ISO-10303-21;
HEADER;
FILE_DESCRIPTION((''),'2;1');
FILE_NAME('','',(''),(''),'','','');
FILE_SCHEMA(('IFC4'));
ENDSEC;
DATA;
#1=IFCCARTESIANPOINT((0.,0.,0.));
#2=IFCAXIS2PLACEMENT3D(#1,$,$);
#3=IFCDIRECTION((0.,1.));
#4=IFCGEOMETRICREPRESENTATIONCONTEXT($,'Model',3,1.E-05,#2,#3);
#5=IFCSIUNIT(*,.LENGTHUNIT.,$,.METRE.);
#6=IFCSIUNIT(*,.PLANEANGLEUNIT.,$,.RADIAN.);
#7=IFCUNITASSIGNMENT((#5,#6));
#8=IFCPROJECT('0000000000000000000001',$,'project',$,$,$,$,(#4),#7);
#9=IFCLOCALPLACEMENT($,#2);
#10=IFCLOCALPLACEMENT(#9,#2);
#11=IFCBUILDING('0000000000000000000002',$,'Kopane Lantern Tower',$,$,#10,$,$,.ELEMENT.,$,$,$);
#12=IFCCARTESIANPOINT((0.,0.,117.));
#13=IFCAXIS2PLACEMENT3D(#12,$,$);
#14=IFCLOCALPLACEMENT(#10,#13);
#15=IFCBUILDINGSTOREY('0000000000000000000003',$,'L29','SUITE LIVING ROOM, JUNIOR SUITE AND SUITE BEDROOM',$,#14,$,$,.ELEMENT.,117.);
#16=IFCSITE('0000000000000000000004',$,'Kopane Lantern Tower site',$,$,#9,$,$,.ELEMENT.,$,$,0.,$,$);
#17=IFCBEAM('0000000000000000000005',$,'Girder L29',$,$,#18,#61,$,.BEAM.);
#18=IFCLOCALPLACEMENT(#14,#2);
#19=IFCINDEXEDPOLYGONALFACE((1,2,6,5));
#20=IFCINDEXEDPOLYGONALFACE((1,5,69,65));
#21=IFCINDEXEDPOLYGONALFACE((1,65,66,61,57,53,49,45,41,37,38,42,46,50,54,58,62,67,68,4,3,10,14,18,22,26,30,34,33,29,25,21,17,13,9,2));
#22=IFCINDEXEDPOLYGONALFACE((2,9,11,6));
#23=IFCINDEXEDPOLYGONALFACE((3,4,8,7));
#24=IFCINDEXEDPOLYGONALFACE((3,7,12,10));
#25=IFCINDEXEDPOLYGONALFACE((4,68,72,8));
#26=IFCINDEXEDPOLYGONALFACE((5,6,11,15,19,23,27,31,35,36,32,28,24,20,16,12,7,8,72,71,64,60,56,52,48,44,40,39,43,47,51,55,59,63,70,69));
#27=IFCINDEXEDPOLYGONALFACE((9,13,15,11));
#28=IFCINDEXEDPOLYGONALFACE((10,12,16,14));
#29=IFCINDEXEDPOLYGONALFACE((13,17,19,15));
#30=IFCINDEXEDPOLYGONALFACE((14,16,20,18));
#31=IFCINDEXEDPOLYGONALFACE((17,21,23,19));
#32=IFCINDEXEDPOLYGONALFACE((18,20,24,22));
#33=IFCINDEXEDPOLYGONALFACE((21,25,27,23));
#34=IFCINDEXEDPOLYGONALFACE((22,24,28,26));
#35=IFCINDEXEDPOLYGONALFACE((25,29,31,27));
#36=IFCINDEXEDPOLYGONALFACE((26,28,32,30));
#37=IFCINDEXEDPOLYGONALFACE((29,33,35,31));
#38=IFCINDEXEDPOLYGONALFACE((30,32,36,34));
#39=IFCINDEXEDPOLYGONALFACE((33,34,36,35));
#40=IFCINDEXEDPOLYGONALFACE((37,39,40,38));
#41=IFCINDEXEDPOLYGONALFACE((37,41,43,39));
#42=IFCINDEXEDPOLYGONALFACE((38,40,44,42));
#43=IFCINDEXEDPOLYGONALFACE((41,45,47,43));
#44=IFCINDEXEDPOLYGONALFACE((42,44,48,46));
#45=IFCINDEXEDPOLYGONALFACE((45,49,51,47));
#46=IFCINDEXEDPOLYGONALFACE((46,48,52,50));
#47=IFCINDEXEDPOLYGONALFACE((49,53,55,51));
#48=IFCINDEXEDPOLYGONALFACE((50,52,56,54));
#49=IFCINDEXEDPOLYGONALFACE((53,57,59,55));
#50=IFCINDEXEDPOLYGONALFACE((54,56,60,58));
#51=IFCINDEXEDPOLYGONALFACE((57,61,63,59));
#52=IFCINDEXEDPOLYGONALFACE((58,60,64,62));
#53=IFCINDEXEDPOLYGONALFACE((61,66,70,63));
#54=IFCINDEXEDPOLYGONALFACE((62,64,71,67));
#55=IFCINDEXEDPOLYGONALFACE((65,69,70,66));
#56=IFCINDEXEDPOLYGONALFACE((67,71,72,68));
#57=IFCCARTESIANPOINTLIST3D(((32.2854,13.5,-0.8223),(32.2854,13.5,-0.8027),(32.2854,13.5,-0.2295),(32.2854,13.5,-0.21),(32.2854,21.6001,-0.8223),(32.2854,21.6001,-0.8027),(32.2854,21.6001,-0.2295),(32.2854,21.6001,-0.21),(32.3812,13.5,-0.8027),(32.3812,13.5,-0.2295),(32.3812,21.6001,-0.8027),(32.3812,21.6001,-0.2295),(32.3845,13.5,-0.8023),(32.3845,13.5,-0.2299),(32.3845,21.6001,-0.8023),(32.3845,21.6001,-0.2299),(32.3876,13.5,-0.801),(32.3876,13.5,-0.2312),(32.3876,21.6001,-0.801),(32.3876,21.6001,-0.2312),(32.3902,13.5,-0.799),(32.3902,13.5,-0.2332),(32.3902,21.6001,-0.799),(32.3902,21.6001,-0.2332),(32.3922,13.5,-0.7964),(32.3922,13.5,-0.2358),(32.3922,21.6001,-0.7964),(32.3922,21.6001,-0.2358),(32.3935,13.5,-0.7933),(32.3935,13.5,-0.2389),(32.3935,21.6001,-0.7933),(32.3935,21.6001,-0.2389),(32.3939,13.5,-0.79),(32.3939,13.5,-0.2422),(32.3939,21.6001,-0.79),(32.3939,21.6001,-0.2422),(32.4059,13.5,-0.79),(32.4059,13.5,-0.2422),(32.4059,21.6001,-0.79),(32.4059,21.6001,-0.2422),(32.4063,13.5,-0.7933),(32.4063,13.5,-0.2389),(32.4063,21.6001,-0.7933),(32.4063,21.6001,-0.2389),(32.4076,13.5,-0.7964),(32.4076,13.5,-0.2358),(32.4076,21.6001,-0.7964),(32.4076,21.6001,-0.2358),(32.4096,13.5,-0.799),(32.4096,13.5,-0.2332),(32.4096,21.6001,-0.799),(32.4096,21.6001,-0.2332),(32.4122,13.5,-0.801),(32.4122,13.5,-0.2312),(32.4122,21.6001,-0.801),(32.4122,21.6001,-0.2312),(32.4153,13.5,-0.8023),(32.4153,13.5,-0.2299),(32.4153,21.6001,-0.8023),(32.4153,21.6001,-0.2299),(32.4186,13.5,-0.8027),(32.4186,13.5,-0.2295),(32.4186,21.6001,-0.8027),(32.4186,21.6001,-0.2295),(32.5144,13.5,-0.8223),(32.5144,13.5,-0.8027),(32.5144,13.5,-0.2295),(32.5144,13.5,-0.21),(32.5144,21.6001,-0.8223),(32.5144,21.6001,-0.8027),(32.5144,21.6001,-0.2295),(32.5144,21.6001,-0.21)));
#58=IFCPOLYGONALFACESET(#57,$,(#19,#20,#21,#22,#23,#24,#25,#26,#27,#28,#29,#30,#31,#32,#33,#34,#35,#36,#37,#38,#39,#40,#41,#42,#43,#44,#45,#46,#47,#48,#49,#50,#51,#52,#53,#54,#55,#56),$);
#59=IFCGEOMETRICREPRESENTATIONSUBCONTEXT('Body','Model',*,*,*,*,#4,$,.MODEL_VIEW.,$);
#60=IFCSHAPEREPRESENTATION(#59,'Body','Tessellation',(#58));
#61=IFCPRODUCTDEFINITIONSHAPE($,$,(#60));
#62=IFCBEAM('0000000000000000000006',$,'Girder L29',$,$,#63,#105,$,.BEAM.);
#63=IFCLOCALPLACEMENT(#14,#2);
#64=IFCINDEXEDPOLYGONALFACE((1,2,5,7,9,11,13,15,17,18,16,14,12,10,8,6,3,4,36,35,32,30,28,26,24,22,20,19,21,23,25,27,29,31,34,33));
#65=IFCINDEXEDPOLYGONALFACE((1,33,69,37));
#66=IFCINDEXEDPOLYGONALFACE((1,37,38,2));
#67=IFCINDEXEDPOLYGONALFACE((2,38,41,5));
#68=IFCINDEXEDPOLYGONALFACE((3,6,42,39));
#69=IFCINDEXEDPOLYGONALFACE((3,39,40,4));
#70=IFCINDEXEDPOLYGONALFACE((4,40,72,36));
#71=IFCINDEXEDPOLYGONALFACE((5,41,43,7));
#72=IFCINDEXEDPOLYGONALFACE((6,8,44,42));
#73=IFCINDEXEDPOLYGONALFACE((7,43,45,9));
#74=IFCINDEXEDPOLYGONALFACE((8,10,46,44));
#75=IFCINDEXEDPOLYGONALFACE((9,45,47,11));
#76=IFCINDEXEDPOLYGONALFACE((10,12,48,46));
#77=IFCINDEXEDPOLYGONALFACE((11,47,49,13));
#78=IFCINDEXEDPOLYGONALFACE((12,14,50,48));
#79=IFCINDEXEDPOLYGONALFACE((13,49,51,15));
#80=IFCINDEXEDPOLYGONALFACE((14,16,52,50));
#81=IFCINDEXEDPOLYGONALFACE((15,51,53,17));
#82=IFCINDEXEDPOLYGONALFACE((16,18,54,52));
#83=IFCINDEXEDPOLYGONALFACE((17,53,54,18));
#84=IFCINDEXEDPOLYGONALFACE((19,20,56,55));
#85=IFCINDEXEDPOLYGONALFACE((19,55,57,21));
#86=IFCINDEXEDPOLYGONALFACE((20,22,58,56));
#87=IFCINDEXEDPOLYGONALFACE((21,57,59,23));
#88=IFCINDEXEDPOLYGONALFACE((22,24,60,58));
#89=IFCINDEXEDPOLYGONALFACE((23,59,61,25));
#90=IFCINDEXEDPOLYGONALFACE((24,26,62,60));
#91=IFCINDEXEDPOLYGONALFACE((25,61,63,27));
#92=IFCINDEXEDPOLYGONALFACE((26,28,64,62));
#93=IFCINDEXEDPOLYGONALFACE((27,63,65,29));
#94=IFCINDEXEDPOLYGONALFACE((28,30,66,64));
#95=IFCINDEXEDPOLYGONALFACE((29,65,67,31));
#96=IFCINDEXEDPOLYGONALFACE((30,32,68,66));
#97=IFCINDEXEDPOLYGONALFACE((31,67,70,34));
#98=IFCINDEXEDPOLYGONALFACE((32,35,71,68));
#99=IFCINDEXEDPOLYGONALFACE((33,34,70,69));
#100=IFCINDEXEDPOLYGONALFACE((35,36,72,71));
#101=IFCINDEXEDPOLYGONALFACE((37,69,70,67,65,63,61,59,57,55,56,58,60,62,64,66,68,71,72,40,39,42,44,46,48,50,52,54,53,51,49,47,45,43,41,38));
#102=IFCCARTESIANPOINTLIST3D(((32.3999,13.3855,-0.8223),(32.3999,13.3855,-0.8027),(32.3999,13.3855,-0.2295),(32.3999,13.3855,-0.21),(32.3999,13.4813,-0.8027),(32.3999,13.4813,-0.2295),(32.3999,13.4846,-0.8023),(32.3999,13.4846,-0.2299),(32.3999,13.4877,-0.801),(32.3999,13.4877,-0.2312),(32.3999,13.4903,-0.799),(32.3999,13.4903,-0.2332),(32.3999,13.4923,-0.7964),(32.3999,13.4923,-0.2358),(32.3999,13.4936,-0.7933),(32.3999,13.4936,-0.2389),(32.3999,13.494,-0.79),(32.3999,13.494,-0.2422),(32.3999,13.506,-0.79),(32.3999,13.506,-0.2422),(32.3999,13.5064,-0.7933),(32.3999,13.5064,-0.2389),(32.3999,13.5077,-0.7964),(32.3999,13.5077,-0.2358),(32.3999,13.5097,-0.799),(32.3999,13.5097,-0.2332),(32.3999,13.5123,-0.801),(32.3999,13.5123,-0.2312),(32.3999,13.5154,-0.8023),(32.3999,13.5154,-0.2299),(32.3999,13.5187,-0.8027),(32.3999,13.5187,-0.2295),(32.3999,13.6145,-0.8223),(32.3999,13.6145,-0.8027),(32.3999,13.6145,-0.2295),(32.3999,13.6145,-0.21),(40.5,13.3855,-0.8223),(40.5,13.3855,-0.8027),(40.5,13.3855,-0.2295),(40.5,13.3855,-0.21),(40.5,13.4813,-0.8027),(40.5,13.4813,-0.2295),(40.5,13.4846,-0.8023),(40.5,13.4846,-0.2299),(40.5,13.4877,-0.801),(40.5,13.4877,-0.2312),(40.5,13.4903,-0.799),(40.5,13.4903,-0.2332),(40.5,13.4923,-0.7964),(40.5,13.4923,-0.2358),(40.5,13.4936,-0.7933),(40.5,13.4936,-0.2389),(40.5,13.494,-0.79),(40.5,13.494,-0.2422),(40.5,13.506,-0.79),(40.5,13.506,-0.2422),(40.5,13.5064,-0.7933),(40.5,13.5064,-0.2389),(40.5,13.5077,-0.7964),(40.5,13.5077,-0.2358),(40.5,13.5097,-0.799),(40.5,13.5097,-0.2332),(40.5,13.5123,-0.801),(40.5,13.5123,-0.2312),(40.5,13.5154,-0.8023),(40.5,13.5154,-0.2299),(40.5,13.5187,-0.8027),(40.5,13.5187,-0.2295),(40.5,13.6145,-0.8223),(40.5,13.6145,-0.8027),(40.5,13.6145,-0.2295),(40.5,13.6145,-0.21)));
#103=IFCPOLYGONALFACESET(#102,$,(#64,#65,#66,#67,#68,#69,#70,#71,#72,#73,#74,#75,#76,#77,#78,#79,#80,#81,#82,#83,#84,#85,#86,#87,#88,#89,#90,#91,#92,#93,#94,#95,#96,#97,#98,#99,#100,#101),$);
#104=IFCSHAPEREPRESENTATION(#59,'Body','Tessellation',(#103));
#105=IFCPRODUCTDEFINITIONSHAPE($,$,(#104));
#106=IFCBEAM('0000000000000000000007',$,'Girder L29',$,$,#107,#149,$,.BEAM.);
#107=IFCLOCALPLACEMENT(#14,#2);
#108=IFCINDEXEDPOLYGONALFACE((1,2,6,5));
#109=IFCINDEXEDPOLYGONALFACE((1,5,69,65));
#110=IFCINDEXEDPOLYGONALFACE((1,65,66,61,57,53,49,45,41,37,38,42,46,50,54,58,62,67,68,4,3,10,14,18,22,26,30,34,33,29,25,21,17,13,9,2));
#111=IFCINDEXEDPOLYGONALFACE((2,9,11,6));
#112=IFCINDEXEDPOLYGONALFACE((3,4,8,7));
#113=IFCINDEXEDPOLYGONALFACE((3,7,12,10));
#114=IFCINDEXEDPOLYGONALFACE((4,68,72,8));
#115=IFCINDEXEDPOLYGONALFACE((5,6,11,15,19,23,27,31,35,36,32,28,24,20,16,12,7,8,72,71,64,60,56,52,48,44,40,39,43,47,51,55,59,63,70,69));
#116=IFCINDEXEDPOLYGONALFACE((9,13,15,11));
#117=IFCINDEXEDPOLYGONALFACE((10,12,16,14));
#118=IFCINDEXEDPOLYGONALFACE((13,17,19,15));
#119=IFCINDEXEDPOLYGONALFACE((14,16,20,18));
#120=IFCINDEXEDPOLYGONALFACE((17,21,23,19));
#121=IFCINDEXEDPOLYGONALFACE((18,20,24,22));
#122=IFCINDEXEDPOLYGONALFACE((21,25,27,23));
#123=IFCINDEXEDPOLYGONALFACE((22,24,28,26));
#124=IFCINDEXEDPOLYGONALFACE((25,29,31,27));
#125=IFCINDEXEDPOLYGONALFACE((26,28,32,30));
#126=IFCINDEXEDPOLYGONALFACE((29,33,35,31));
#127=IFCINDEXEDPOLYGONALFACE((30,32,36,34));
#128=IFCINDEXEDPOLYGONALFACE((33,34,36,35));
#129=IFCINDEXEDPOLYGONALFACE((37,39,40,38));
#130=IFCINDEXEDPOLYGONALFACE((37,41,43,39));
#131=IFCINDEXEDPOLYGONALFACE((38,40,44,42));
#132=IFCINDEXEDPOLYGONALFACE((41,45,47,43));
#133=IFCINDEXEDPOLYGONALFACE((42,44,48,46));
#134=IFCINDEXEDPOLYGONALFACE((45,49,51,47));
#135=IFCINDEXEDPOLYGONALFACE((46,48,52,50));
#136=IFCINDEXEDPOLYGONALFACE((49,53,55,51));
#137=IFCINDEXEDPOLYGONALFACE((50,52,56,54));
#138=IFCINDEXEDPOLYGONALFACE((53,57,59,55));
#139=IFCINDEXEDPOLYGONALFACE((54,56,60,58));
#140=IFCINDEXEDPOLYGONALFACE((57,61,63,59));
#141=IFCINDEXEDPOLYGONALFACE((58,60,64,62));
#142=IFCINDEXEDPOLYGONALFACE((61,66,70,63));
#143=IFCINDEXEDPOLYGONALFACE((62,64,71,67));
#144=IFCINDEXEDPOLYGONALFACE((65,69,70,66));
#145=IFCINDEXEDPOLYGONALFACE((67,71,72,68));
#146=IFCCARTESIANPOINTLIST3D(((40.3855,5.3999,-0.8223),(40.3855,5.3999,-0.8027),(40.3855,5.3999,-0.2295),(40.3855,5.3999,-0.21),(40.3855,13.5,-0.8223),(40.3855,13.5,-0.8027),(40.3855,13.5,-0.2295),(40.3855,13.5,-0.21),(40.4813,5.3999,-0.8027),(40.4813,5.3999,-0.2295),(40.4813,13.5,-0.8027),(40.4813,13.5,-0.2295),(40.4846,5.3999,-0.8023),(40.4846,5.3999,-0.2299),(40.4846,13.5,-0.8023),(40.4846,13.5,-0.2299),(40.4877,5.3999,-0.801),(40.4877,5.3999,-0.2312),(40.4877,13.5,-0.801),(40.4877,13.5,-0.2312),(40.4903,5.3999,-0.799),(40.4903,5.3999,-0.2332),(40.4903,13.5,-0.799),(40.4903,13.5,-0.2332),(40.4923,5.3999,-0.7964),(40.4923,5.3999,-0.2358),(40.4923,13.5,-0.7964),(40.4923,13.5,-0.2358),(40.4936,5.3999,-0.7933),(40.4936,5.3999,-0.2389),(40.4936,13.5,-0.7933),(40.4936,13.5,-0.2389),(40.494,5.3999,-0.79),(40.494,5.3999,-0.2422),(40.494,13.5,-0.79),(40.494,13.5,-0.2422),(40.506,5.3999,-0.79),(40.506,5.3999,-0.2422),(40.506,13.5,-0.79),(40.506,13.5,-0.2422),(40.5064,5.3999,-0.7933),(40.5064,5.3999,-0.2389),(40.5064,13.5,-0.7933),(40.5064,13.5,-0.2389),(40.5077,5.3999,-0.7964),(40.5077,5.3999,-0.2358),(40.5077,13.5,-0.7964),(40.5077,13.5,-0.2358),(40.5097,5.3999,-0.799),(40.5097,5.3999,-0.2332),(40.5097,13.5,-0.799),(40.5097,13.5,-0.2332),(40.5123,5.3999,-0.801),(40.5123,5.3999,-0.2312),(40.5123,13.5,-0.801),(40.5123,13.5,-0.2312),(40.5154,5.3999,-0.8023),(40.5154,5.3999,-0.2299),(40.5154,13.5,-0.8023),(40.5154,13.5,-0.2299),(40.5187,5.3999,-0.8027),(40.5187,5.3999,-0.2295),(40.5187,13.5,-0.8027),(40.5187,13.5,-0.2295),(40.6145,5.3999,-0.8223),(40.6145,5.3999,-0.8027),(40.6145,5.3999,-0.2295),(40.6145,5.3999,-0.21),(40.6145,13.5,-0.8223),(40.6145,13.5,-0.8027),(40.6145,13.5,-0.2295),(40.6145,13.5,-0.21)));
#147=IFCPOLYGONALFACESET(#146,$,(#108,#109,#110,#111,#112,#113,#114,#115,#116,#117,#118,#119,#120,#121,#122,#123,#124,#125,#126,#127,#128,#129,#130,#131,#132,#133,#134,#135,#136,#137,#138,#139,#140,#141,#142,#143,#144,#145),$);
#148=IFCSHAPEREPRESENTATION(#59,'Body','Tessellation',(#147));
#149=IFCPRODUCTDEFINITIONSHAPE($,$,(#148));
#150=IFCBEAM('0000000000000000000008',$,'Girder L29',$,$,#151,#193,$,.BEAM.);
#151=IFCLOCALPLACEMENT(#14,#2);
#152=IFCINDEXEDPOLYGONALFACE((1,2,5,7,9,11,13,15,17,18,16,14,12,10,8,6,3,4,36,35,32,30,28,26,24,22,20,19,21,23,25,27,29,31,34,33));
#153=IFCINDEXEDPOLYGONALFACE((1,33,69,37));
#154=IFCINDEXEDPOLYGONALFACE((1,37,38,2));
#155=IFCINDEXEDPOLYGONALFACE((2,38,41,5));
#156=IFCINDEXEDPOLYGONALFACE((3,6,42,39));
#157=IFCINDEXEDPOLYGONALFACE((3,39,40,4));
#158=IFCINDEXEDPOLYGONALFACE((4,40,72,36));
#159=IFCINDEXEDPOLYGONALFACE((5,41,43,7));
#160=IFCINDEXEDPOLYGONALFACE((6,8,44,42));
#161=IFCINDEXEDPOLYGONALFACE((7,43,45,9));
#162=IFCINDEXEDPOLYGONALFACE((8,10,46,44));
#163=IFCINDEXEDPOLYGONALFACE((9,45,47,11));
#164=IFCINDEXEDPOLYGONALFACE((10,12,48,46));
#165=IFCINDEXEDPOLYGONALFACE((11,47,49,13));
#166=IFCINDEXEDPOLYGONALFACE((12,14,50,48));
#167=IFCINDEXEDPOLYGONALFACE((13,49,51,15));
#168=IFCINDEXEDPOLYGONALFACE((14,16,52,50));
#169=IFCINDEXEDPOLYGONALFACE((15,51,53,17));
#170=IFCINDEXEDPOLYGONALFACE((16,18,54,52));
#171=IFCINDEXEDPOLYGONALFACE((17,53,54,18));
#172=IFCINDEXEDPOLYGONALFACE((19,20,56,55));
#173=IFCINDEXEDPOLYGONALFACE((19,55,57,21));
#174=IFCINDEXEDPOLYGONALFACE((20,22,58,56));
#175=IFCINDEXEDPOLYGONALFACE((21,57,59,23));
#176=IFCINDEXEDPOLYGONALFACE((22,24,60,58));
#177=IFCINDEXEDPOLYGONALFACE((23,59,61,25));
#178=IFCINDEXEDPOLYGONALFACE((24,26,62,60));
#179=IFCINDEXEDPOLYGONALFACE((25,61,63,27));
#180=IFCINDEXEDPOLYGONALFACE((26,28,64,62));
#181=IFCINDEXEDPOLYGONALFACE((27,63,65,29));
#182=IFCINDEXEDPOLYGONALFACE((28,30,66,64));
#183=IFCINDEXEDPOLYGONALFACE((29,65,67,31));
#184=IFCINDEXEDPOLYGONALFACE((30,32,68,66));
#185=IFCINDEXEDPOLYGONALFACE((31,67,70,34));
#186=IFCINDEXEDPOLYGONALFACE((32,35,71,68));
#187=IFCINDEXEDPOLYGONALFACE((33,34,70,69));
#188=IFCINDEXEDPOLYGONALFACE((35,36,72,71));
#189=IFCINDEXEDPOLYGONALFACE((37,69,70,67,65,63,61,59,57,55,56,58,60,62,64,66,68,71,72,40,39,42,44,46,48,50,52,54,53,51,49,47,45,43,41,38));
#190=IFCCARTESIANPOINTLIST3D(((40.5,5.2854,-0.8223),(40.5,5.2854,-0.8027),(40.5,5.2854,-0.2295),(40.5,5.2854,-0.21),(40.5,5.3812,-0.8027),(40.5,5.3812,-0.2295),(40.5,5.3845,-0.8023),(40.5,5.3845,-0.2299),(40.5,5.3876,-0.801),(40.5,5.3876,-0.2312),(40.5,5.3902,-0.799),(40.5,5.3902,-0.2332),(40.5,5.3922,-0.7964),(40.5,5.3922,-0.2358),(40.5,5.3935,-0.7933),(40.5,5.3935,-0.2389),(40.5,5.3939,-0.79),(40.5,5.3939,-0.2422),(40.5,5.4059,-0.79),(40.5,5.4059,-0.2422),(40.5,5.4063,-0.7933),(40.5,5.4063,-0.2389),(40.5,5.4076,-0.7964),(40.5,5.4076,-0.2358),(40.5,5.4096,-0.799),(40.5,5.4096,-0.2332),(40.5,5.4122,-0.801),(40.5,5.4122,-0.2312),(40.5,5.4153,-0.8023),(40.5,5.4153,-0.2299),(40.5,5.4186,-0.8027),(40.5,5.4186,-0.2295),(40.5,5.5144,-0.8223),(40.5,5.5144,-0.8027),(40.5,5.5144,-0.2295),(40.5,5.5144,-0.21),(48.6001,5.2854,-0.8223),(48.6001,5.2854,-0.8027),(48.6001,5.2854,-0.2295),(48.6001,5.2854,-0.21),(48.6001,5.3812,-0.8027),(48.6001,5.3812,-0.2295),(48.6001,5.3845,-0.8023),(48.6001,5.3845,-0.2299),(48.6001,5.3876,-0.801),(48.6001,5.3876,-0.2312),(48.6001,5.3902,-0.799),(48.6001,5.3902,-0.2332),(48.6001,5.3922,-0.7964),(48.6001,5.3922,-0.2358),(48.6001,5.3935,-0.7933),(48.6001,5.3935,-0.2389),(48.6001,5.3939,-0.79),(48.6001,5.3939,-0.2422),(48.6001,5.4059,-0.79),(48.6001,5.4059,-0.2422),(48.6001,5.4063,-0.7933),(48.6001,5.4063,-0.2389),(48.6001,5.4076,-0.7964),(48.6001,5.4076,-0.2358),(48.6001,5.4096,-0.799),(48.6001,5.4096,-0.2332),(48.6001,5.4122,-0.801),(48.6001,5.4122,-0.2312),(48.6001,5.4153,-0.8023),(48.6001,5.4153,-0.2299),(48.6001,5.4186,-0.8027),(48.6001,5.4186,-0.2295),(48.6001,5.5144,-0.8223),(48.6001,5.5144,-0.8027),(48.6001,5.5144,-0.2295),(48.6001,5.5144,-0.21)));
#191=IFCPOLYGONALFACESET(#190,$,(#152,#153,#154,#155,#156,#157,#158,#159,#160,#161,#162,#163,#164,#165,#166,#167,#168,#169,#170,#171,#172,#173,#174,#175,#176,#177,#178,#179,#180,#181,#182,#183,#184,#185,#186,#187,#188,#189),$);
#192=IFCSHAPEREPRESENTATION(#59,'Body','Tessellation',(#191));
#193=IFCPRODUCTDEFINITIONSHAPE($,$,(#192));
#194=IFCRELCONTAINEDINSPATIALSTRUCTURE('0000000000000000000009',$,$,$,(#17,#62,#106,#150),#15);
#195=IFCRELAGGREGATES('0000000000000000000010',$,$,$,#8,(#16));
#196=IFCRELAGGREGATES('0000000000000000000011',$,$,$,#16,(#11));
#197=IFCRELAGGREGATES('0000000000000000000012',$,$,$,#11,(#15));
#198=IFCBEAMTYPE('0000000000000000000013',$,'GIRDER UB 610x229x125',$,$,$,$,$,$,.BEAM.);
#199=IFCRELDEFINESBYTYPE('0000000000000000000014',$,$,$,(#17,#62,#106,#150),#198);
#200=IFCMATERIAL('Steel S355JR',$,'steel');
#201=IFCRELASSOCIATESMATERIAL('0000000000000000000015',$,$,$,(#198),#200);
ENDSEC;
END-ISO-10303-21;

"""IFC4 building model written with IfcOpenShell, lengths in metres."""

from ifc_helpers import new_model, si_unit, direction, frame, origin, origin_2d, place, context, subcontext, project, spatial, i_section, extrude, material, material_profile, profile_set, type_object, element, save


model = new_model("IFC4")

# Units and contexts
model_context = context("Model", 3, precision=1e-05, world=origin(), true_north=direction((0.0, 1.0)))
body_context = subcontext(model_context, "Body", "Model", "MODEL_VIEW")
ifc_project = project(units=[si_unit("LENGTHUNIT", "METRE"), si_unit("PLANEANGLEUNIT", "RADIAN")], contexts=[model_context])

# Site, building, storey
site_placement = place(None, origin())
site = spatial("IfcSite", under=ifc_project, at=site_placement, Name="Kopane Lantern Tower site", CompositionType="ELEMENT", RefElevation=0.0)
building_placement = place(site_placement, origin())
building = spatial("IfcBuilding", under=site, at=building_placement, Name="Kopane Lantern Tower", CompositionType="ELEMENT")
storey_placement = place(building_placement, frame((0.0, 0.0, 117.0)))
storey = spatial("IfcBuildingStorey", under=building, at=storey_placement, Name="L29", Description="SUITE LIVING ROOM, JUNIOR SUITE AND SUITE BEDROOM", CompositionType="ELEMENT", Elevation=117.0)

# Beams
ifc_material_1 = material(Name="Steel S355JR", Category="steel")
ifc_material_profile_1 = material_profile(ifc_material_1, i_section(OverallWidth=0.229, OverallDepth=0.6123, WebThickness=0.012, FlangeThickness=0.0195, FilletRadius=0.0127, at=origin_2d()), Name="UB 610x229x125")
ifc_profile_set_1 = profile_set([ifc_material_profile_1], Name="Steel S355JR")
beam_type = type_object("IfcBeamType", Name="GIRDER UB 610x229x125", PredefinedType="BEAM", material=ifc_profile_set_1)
for number, where, z_axis, x_axis, name in (
    (1, (32.3999, 13.5, -0.5161), (0.0, 1.0, 0.0), (-1.0, 0.0, 0.0), "Girder L29"),
    (2, (32.3999, 13.5, -0.5161), (1.0, 0.0, 0.0), (0.0, 1.0, 0.0), "Girder L29"),
    (3, (40.5, 5.3999, -0.5161), (0.0, 1.0, 0.0), (-1.0, 0.0, 0.0), "Girder L29"),
    (4, (40.5, 5.3999, -0.5161), (1.0, 0.0, 0.0), (0.0, 1.0, 0.0), "Girder L29"),
):
    element("IfcBeam", number, at=place(storey_placement, frame(where, z_axis=z_axis, x_axis=x_axis)), inside=storey, type_object=beam_type, Name=name, PredefinedType="BEAM", context=body_context, shape_type="SweptSolid", body=[
        extrude(i_section(OverallWidth=0.229, OverallDepth=0.6123, WebThickness=0.012, FlangeThickness=0.0195, FilletRadius=0.0127, at=origin_2d()), origin(), (0.0, 0.0, 1.0), 8.1001),
    ])

save(model, "model.ifc")
